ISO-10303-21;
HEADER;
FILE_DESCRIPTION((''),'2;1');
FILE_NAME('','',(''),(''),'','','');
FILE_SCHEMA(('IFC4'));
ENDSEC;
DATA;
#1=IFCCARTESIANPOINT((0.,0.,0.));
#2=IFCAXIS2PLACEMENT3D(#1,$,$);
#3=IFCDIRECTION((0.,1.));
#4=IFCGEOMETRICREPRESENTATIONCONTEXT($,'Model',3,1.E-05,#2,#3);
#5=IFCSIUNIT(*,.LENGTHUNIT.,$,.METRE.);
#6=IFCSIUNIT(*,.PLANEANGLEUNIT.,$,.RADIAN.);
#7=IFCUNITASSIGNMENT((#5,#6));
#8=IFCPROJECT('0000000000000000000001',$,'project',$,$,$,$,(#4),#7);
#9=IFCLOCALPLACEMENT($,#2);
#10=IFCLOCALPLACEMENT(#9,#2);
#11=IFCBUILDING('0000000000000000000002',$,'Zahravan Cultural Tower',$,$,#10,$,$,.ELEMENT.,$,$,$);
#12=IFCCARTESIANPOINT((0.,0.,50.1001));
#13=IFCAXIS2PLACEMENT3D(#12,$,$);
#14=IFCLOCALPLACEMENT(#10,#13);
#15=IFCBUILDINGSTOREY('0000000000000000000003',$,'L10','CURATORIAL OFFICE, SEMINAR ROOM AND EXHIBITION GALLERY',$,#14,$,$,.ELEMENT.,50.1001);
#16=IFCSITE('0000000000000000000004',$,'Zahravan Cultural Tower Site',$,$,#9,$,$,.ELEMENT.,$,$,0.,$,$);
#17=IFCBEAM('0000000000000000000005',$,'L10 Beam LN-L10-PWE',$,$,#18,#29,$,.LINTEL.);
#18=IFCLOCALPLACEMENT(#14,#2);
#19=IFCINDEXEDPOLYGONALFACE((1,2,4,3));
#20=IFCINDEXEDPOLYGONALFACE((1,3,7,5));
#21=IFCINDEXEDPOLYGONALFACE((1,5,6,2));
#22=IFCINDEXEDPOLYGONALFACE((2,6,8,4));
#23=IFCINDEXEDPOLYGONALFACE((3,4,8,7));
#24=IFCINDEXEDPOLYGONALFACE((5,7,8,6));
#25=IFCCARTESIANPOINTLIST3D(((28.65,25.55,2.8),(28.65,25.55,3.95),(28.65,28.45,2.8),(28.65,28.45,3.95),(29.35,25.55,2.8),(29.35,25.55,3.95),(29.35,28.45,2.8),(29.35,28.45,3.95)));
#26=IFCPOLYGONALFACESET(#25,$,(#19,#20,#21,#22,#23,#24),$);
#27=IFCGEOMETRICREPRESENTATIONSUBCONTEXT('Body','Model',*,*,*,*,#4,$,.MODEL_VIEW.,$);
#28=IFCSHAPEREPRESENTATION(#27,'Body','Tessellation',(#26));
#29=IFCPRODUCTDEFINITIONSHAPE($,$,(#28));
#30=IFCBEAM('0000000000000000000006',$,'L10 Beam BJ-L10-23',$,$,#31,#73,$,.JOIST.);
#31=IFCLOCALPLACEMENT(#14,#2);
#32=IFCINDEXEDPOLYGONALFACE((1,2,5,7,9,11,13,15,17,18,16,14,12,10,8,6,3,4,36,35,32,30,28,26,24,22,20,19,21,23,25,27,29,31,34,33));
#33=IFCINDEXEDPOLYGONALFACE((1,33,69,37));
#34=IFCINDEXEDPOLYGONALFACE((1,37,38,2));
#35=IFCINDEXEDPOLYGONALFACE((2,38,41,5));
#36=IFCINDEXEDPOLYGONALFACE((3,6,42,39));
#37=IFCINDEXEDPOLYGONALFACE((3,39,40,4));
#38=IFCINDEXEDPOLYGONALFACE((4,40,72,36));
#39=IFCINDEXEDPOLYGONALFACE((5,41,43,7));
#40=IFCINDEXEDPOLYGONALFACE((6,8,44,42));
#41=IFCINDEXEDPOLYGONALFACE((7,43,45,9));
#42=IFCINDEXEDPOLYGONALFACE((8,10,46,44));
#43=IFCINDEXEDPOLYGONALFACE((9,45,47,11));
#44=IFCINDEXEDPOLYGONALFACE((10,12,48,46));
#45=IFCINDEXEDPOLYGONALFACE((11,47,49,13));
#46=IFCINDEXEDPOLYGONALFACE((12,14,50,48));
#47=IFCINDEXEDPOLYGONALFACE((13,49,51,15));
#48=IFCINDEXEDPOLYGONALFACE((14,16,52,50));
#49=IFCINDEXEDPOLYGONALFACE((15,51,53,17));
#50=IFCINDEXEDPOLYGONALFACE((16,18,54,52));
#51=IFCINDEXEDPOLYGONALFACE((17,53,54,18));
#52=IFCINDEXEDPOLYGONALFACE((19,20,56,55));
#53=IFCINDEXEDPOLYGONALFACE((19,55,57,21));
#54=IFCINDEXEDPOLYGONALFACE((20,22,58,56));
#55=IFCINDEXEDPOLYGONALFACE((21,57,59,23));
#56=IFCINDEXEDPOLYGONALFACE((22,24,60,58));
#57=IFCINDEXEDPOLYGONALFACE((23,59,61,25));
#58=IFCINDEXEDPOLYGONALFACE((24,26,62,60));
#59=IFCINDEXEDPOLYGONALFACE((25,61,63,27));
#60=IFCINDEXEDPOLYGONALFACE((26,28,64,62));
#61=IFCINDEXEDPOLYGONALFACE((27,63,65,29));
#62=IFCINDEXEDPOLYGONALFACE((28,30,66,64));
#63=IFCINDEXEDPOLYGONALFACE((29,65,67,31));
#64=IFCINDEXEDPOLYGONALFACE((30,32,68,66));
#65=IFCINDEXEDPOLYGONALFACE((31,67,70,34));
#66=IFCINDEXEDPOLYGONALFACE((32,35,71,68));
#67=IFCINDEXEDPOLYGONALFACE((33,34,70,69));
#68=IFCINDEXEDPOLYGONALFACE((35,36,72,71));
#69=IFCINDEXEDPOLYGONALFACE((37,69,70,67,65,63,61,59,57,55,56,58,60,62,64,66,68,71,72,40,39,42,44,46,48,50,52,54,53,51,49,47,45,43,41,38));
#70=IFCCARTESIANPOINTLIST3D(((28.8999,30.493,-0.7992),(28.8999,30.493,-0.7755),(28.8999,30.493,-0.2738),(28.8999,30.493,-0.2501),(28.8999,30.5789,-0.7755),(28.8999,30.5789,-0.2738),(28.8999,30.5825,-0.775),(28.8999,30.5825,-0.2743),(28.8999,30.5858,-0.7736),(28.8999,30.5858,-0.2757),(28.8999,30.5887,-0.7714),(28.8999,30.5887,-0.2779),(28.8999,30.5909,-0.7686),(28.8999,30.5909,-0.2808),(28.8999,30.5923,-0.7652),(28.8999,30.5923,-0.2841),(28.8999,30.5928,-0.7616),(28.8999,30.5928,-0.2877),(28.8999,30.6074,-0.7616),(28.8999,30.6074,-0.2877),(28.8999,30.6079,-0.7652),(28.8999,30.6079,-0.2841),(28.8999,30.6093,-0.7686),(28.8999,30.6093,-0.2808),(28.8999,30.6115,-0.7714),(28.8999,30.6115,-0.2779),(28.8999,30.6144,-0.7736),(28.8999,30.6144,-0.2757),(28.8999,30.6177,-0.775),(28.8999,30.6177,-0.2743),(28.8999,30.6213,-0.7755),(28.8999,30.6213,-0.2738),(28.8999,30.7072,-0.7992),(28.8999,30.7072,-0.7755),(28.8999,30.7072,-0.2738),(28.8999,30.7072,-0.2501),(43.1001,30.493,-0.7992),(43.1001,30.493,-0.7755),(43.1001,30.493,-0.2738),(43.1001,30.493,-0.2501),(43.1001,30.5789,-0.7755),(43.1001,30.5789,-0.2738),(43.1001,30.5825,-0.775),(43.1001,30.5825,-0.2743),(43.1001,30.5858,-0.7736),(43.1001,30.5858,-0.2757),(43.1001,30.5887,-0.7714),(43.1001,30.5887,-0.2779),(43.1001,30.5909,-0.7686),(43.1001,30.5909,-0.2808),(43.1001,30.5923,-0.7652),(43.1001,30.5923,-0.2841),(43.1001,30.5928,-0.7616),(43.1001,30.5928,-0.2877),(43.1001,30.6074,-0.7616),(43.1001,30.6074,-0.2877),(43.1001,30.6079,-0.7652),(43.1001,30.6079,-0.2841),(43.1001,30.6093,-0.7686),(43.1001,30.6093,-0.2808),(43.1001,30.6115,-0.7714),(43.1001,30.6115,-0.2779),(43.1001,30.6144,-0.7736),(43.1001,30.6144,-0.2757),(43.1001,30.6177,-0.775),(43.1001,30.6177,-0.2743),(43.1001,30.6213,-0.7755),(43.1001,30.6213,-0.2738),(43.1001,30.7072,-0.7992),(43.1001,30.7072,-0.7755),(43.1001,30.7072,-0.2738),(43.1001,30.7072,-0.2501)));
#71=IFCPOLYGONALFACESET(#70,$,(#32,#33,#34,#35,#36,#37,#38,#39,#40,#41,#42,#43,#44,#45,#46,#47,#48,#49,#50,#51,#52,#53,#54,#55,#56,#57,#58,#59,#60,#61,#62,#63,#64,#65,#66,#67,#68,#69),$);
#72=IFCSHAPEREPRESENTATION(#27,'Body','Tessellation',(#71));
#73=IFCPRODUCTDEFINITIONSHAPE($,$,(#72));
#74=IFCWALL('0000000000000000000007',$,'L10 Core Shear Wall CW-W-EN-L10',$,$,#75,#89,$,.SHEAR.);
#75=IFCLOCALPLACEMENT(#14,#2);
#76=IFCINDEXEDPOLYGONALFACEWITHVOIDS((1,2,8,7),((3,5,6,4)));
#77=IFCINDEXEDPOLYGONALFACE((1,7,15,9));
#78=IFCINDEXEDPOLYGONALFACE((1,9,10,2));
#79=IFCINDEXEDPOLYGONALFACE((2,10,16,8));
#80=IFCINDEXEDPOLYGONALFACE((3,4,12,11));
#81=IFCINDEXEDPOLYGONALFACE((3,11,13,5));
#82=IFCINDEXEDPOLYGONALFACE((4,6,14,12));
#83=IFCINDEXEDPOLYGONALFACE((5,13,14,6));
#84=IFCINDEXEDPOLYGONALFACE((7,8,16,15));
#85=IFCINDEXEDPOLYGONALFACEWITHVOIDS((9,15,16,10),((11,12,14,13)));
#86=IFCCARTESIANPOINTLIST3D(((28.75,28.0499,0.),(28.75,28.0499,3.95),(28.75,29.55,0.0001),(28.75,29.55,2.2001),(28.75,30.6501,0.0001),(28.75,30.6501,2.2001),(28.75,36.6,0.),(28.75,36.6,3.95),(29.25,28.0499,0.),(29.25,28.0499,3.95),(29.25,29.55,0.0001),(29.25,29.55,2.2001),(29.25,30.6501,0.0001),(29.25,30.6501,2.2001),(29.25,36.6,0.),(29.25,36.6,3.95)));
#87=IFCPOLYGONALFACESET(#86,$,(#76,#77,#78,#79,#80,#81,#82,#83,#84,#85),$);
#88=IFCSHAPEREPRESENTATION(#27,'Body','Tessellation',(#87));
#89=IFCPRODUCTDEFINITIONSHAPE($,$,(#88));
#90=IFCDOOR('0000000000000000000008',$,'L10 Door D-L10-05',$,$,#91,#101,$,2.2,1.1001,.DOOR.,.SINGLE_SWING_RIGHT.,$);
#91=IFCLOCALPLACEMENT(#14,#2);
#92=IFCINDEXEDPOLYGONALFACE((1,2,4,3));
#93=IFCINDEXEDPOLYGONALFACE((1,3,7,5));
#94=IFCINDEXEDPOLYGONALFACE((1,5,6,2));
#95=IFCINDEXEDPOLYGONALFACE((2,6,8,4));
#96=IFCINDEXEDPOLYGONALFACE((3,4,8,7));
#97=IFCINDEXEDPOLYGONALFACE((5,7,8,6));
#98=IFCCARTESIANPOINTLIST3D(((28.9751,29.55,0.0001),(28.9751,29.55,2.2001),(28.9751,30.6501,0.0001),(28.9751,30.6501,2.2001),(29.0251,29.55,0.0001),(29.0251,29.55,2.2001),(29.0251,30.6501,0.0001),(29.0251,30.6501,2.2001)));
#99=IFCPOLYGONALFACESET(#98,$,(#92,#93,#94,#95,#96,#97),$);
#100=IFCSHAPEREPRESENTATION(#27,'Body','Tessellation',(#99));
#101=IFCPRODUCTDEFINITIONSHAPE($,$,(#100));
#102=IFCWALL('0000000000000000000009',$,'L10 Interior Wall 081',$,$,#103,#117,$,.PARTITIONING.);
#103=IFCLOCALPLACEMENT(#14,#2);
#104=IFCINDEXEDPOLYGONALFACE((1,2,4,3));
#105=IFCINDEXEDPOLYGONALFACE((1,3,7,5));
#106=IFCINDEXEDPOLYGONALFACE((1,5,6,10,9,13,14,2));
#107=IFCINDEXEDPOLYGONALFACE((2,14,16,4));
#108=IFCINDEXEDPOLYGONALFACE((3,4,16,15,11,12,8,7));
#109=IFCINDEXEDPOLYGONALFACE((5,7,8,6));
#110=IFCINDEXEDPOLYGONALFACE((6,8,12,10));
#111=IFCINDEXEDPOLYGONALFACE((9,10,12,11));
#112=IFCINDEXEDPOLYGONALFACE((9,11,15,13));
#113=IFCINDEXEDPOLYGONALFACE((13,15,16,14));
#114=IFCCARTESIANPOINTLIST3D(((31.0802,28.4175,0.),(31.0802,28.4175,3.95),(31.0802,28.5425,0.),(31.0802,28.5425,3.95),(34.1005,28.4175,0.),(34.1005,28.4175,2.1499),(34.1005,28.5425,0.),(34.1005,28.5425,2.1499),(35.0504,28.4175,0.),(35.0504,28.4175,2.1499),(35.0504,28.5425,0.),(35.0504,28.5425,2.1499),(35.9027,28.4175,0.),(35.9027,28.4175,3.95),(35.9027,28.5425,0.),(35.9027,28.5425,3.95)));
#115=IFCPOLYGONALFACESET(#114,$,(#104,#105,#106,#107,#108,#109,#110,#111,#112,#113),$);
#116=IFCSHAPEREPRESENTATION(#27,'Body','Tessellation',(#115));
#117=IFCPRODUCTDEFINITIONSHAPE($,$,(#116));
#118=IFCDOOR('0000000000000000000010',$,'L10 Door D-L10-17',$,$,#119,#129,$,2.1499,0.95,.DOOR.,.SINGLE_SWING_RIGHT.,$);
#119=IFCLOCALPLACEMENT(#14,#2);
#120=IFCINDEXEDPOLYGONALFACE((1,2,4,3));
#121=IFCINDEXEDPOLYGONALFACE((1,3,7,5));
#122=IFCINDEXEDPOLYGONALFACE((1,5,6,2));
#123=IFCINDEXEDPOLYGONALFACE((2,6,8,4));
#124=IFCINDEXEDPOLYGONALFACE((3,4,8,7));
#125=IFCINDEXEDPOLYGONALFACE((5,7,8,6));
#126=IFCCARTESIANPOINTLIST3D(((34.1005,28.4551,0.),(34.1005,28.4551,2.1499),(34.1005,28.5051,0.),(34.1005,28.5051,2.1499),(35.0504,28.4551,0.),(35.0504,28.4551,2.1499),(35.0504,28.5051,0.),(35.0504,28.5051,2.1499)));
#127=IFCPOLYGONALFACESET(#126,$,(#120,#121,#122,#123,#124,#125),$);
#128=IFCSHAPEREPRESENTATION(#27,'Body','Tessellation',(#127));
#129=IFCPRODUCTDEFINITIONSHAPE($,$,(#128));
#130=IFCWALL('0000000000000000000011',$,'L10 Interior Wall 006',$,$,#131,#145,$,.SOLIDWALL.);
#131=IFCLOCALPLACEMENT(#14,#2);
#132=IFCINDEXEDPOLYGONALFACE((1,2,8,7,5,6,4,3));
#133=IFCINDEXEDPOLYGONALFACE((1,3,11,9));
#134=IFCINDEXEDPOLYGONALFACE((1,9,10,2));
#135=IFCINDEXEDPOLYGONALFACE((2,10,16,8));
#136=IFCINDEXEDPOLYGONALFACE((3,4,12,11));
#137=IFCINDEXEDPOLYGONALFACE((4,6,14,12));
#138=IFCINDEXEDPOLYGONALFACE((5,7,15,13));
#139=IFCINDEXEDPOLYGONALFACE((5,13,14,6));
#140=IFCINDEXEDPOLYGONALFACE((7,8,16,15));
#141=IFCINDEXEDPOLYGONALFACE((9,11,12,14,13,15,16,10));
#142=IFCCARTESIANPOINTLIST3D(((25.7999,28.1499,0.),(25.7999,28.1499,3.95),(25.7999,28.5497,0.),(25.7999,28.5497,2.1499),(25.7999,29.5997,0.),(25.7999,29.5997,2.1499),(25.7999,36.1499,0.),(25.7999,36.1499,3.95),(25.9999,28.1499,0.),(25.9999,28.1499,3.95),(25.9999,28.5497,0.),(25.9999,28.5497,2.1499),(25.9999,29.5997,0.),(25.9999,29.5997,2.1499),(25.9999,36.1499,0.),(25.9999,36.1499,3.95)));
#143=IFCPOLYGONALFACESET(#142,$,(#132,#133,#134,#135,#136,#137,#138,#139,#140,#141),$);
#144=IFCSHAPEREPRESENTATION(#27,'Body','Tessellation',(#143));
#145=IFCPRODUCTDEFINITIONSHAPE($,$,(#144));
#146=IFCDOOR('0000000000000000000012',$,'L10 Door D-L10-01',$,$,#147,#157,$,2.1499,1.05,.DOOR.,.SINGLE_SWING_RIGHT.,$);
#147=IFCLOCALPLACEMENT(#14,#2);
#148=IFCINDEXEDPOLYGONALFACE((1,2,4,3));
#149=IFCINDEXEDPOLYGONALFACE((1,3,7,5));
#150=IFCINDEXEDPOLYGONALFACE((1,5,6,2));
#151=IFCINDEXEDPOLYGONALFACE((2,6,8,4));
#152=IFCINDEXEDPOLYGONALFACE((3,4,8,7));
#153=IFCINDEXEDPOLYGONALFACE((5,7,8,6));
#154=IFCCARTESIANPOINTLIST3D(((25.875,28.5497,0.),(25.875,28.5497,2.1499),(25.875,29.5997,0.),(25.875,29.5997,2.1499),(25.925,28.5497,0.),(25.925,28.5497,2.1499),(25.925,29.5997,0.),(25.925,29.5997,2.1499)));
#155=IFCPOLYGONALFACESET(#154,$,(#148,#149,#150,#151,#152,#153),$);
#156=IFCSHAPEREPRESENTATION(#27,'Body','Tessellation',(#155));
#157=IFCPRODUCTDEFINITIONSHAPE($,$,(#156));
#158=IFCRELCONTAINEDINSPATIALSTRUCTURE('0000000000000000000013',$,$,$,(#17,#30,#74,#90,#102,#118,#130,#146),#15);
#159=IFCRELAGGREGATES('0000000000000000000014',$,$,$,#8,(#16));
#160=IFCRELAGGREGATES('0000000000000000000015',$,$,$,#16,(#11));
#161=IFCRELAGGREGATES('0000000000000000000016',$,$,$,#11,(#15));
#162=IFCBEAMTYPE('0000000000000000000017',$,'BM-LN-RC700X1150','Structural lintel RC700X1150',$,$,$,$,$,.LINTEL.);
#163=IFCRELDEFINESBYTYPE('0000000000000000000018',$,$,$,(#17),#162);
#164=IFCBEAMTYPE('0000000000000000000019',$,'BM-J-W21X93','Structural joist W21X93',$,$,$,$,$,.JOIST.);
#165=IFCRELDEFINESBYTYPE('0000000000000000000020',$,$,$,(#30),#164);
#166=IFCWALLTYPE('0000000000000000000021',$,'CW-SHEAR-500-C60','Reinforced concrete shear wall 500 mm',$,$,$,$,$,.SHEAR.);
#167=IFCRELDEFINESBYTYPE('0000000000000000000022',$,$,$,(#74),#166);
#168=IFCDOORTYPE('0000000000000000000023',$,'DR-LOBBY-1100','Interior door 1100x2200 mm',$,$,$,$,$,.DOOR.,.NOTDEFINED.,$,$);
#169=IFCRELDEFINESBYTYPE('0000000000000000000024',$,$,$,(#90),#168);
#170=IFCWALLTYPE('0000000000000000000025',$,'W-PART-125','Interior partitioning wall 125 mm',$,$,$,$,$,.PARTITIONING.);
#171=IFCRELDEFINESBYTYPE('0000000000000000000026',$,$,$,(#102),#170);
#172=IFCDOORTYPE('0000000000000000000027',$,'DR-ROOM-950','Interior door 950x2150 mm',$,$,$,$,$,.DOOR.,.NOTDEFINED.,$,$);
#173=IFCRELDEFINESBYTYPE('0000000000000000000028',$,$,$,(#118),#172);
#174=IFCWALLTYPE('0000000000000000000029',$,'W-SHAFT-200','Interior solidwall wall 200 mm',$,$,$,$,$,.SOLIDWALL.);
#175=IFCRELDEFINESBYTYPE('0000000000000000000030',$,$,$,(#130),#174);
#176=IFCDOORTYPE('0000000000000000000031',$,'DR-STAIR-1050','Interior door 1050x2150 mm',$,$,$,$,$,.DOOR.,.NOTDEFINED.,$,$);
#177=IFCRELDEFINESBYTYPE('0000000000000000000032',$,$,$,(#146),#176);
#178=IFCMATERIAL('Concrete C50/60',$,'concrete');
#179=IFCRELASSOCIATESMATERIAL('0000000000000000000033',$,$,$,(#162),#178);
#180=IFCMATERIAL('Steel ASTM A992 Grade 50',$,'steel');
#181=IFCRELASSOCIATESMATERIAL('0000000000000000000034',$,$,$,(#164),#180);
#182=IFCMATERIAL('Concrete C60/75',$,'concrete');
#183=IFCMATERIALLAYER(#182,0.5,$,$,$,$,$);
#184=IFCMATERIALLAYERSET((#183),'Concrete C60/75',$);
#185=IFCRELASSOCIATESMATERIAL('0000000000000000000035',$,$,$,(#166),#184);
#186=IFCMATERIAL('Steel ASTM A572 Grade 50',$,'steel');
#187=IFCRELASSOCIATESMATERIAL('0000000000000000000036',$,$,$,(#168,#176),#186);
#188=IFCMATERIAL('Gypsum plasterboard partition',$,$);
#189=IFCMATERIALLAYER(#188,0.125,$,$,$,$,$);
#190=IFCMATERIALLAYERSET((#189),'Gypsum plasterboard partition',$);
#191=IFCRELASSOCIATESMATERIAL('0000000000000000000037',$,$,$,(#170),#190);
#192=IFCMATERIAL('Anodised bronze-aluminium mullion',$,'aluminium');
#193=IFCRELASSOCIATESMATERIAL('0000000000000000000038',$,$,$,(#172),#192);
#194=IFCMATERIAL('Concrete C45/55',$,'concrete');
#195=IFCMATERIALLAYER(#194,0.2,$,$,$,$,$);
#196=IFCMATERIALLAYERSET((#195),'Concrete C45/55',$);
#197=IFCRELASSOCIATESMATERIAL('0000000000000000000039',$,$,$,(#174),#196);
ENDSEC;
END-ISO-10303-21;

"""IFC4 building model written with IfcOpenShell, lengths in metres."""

from ifc_helpers import new_model, si_unit, direction, frame, frame_2d, origin, origin_2d, place, context, subcontext, project, spatial, rectangle, i_section, extrude, source, transform, mapped, material, layer, layer_set, material_profile, profile_set, type_object, element, fill, save


model = new_model("IFC4")

# Units and contexts
model_context = context("Model", 3, precision=1e-05, world=origin(), true_north=direction((0.0, 1.0)))
body_context = subcontext(model_context, "Body", "Model", "MODEL_VIEW")
ifc_project = project(units=[si_unit("LENGTHUNIT", "METRE"), si_unit("PLANEANGLEUNIT", "RADIAN")], contexts=[model_context])

# Site, building, storey
site_placement = place(None, origin())
site = spatial("IfcSite", under=ifc_project, at=site_placement, Name="Zahravan Cultural Tower Site", CompositionType="ELEMENT", RefElevation=0.0)
building_placement = place(site_placement, origin())
building = spatial("IfcBuilding", under=site, at=building_placement, Name="Zahravan Cultural Tower", CompositionType="ELEMENT")
storey_placement = place(building_placement, frame((0.0, 0.0, 50.1001)))
storey = spatial("IfcBuildingStorey", under=building, at=storey_placement, Name="L10", Description="CURATORIAL OFFICE, SEMINAR ROOM AND EXHIBITION GALLERY", CompositionType="ELEMENT", Elevation=50.1001)

# Beams
ifc_material_1 = material(Name="Concrete C50/60", Category="concrete")
ifc_material_profile_1 = material_profile(ifc_material_1, rectangle(XDim=0.7, YDim=1.1499, at=origin_2d()), Name="RC700X1150")
ifc_profile_set_1 = profile_set([ifc_material_profile_1], Name="Concrete C50/60")
beam_type_1 = type_object("IfcBeamType", Name="BM-LN-RC700X1150", Description="Structural lintel RC700X1150", PredefinedType="LINTEL", material=ifc_profile_set_1)
shared_shape_1 = source(origin(), body_context, "Body", "SweptSolid", [
    extrude(rectangle(XDim=0.7, YDim=1.1499, at=origin_2d()), origin(), (0.0, 0.0, 1.0), 2.8999),
])
beam_1_placement = place(storey_placement, frame((29.0, 25.55, 3.375), z_axis=(0.0, 1.0, 0.0), x_axis=(-1.0, 0.0, 0.0)))
element("IfcBeam", 1, at=beam_1_placement, inside=storey, type_object=beam_type_1, Name="L10 Beam LN-L10-PWE", PredefinedType="LINTEL", context=body_context, shape_type="MappedRepresentation", body=[
    mapped(shared_shape_1, transform((0.0, 0.0, 0.0), x_axis=(1.0, 0.0, 0.0), y_axis=(0.0, 1.0, 0.0), z_axis=(0.0, 0.0, 1.0), scale=1.0)),
])
ifc_material_2 = material(Name="Steel ASTM A992 Grade 50", Category="steel")
ifc_material_profile_2 = material_profile(ifc_material_2, i_section(OverallWidth=0.2141, OverallDepth=0.5491, WebThickness=0.0146, FlangeThickness=0.0237, FilletRadius=0.0139, at=origin_2d()), Name="W21X93")
ifc_profile_set_2 = profile_set([ifc_material_profile_2], Name="Steel ASTM A992 Grade 50")
beam_type_2 = type_object("IfcBeamType", Name="BM-J-W21X93", Description="Structural joist W21X93", PredefinedType="JOIST", material=ifc_profile_set_2)
shared_shape_2 = source(origin(), body_context, "Body", "SweptSolid", [
    extrude(i_section(OverallWidth=0.2141, OverallDepth=0.5491, WebThickness=0.0146, FlangeThickness=0.0237, FilletRadius=0.0139, at=origin_2d()), origin(), (0.0, 0.0, 1.0), 14.2002),
])
beam_2_placement = place(storey_placement, frame((28.8999, 30.6001, -0.5247), z_axis=(1.0, 0.0, 0.0), x_axis=(0.0, 1.0, 0.0)))
element("IfcBeam", 2, at=beam_2_placement, inside=storey, type_object=beam_type_2, Name="L10 Beam BJ-L10-23", PredefinedType="JOIST", context=body_context, shape_type="MappedRepresentation", body=[
    mapped(shared_shape_2, transform((0.0, 0.0, 0.0), x_axis=(1.0, 0.0, 0.0), y_axis=(0.0, 1.0, 0.0), z_axis=(0.0, 0.0, 1.0), scale=1.0)),
])

# Walls, openings, doors
ifc_material_3 = material(Name="Concrete C60/75", Category="concrete")
ifc_layer_1 = layer(ifc_material_3, 0.5)
ifc_layer_set_1 = layer_set([ifc_layer_1], Name="Concrete C60/75")
wall_type_1 = type_object("IfcWallType", Name="CW-SHEAR-500-C60", Description="Reinforced concrete shear wall 500 mm", PredefinedType="SHEAR", material=ifc_layer_set_1)
wall_1_placement = place(storey_placement, frame((29.0, 28.05, 0.0), z_axis=(0.0, 0.0, 1.0), x_axis=(0.0, 1.0, 0.0)))
wall_1 = element("IfcWall", 3, at=wall_1_placement, inside=storey, type_object=wall_type_1, Name="L10 Core Shear Wall CW-W-EN-L10", PredefinedType="SHEAR", context=body_context, shape_type="SweptSolid", body=[
    extrude(rectangle(XDim=8.55, YDim=0.5, at=frame_2d((4.2749, 0.0))), origin(), (0.0, 0.0, 1.0), 3.95),
])
opening_1_placement = place(wall_1_placement, frame((1.5, 0.0, 0.0)))
opening_1 = element("IfcOpeningElement", 4, at=opening_1_placement, cuts=wall_1, PredefinedType="OPENING", context=body_context, shape_type="SweptSolid", body=[
    extrude(rectangle(XDim=1.1001, YDim=2.2, at=frame_2d((0.55, 1.1001))), frame((0.0, 0.26, 0.0), z_axis=(0.0, -1.0, 0.0), x_axis=(1.0, 0.0, 0.0)), (0.0, 0.0, 1.0), 0.52),
])
ifc_material_4 = material(Name="Steel ASTM A572 Grade 50", Category="steel")
door_type_1 = type_object("IfcDoorType", Name="DR-LOBBY-1100", Description="Interior door 1100x2200 mm", OperationType="NOTDEFINED", PredefinedType="DOOR", material=ifc_material_4)
shared_shape_3 = source(origin(), body_context, "Body", "SweptSolid", [
    extrude(rectangle(XDim=1.1001, YDim=2.2, at=frame_2d((0.55, 1.1001))), frame((0.0, 0.0249, 0.0), z_axis=(0.0, -1.0, 0.0), x_axis=(1.0, 0.0, 0.0)), (0.0, 0.0, 1.0), 0.05),
])
door_1_placement = place(opening_1_placement, origin())
door_1 = element("IfcDoor", 5, at=door_1_placement, inside=storey, type_object=door_type_1, Name="L10 Door D-L10-05", OperationType="SINGLE_SWING_RIGHT", OverallHeight=2.2, OverallWidth=1.1001, PredefinedType="DOOR", context=body_context, shape_type="MappedRepresentation", body=[
    mapped(shared_shape_3, transform((0.0, 0.0, 0.0), x_axis=(1.0, 0.0, 0.0), y_axis=(0.0, 1.0, 0.0), z_axis=(0.0, 0.0, 1.0), scale=1.0)),
])
fill(opening_1, door_1)
ifc_material_5 = material(Name="Gypsum plasterboard partition")
ifc_layer_2 = layer(ifc_material_5, 0.125)
ifc_layer_set_2 = layer_set([ifc_layer_2], Name="Gypsum plasterboard partition")
wall_type_2 = type_object("IfcWallType", Name="W-PART-125", Description="Interior partitioning wall 125 mm", PredefinedType="PARTITIONING", material=ifc_layer_set_2)
ifc_material_6 = material(Name="Anodised bronze-aluminium mullion", Category="aluminium")
door_type_2 = type_object("IfcDoorType", Name="DR-ROOM-950", Description="Interior door 950x2150 mm", OperationType="NOTDEFINED", PredefinedType="DOOR", material=ifc_material_6)
shared_shape_4 = source(origin(), body_context, "Body", "SweptSolid", [
    extrude(rectangle(XDim=0.95, YDim=2.1499, at=frame_2d((0.4751, 1.075))), frame((0.0, 0.0249, 0.0), z_axis=(0.0, -1.0, 0.0), x_axis=(1.0, 0.0, 0.0)), (0.0, 0.0, 1.0), 0.05),
])
wall_2_placement = place(storey_placement, frame((35.9026, 28.48, 0.0), z_axis=(0.0, 0.0, 1.0), x_axis=(-1.0, 0.0, 0.0)))
wall_2 = element("IfcWall", 6, at=wall_2_placement, inside=storey, type_object=wall_type_2, Name="L10 Interior Wall 081", PredefinedType="PARTITIONING", context=body_context, shape_type="SweptSolid", body=[
    extrude(rectangle(XDim=4.8225, YDim=0.125, at=frame_2d((2.4111, 0.0))), origin(), (0.0, 0.0, 1.0), 3.95),
])
opening_2_placement = place(wall_2_placement, frame((0.8521, 0.0, 0.0)))
opening_2 = element("IfcOpeningElement", 7, at=opening_2_placement, cuts=wall_2, PredefinedType="OPENING", context=body_context, shape_type="SweptSolid", body=[
    extrude(rectangle(XDim=0.95, YDim=2.1499, at=frame_2d((0.4751, 1.075))), frame((0.0, 0.0725, 0.0), z_axis=(0.0, -1.0, 0.0), x_axis=(1.0, 0.0, 0.0)), (0.0, 0.0, 1.0), 0.145),
])
door_2_placement = place(opening_2_placement, origin())
door_2 = element("IfcDoor", 8, at=door_2_placement, inside=storey, type_object=door_type_2, Name="L10 Door D-L10-17", OperationType="SINGLE_SWING_RIGHT", OverallHeight=2.1499, OverallWidth=0.95, PredefinedType="DOOR", context=body_context, shape_type="MappedRepresentation", body=[
    mapped(shared_shape_4, transform((0.0, 0.0, 0.0), x_axis=(1.0, 0.0, 0.0), y_axis=(0.0, 1.0, 0.0), z_axis=(0.0, 0.0, 1.0), scale=1.0)),
])
fill(opening_2, door_2)
ifc_material_7 = material(Name="Concrete C45/55", Category="concrete")
ifc_layer_3 = layer(ifc_material_7, 0.2)
ifc_layer_set_3 = layer_set([ifc_layer_3], Name="Concrete C45/55")
wall_type_3 = type_object("IfcWallType", Name="W-SHAFT-200", Description="Interior solidwall wall 200 mm", PredefinedType="SOLIDWALL", material=ifc_layer_set_3)
wall_3_placement = place(storey_placement, frame((25.8999, 28.1499, 0.0), z_axis=(0.0, 0.0, 1.0), x_axis=(0.0, 1.0, 0.0)))
wall_3 = element("IfcWall", 9, at=wall_3_placement, inside=storey, type_object=wall_type_3, Name="L10 Interior Wall 006", PredefinedType="SOLIDWALL", context=body_context, shape_type="SweptSolid", body=[
    extrude(rectangle(XDim=8.0, YDim=0.2, at=frame_2d((4.0, 0.0))), origin(), (0.0, 0.0, 1.0), 3.95),
])
opening_3_placement = place(wall_3_placement, frame((0.3999, 0.0, 0.0)))
opening_3 = element("IfcOpeningElement", 10, at=opening_3_placement, cuts=wall_3, PredefinedType="OPENING", context=body_context, shape_type="SweptSolid", body=[
    extrude(rectangle(XDim=1.05, YDim=2.1499, at=frame_2d((0.5249, 1.075))), frame((0.0, 0.1099, 0.0), z_axis=(0.0, -1.0, 0.0), x_axis=(1.0, 0.0, 0.0)), (0.0, 0.0, 1.0), 0.22),
])
door_type_3 = type_object("IfcDoorType", Name="DR-STAIR-1050", Description="Interior door 1050x2150 mm", OperationType="NOTDEFINED", PredefinedType="DOOR", material=ifc_material_4)
shared_shape_5 = source(origin(), body_context, "Body", "SweptSolid", [
    extrude(rectangle(XDim=1.05, YDim=2.1499, at=frame_2d((0.5249, 1.075))), frame((0.0, 0.0249, 0.0), z_axis=(0.0, -1.0, 0.0), x_axis=(1.0, 0.0, 0.0)), (0.0, 0.0, 1.0), 0.05),
])
door_3_placement = place(opening_3_placement, origin())
door_3 = element("IfcDoor", 11, at=door_3_placement, inside=storey, type_object=door_type_3, Name="L10 Door D-L10-01", OperationType="SINGLE_SWING_RIGHT", OverallHeight=2.1499, OverallWidth=1.05, PredefinedType="DOOR", context=body_context, shape_type="MappedRepresentation", body=[
    mapped(shared_shape_5, transform((0.0, 0.0, 0.0), x_axis=(1.0, 0.0, 0.0), y_axis=(0.0, 1.0, 0.0), z_axis=(0.0, 0.0, 1.0), scale=1.0)),
])
fill(opening_3, door_3)

save(model, "model.ifc")
